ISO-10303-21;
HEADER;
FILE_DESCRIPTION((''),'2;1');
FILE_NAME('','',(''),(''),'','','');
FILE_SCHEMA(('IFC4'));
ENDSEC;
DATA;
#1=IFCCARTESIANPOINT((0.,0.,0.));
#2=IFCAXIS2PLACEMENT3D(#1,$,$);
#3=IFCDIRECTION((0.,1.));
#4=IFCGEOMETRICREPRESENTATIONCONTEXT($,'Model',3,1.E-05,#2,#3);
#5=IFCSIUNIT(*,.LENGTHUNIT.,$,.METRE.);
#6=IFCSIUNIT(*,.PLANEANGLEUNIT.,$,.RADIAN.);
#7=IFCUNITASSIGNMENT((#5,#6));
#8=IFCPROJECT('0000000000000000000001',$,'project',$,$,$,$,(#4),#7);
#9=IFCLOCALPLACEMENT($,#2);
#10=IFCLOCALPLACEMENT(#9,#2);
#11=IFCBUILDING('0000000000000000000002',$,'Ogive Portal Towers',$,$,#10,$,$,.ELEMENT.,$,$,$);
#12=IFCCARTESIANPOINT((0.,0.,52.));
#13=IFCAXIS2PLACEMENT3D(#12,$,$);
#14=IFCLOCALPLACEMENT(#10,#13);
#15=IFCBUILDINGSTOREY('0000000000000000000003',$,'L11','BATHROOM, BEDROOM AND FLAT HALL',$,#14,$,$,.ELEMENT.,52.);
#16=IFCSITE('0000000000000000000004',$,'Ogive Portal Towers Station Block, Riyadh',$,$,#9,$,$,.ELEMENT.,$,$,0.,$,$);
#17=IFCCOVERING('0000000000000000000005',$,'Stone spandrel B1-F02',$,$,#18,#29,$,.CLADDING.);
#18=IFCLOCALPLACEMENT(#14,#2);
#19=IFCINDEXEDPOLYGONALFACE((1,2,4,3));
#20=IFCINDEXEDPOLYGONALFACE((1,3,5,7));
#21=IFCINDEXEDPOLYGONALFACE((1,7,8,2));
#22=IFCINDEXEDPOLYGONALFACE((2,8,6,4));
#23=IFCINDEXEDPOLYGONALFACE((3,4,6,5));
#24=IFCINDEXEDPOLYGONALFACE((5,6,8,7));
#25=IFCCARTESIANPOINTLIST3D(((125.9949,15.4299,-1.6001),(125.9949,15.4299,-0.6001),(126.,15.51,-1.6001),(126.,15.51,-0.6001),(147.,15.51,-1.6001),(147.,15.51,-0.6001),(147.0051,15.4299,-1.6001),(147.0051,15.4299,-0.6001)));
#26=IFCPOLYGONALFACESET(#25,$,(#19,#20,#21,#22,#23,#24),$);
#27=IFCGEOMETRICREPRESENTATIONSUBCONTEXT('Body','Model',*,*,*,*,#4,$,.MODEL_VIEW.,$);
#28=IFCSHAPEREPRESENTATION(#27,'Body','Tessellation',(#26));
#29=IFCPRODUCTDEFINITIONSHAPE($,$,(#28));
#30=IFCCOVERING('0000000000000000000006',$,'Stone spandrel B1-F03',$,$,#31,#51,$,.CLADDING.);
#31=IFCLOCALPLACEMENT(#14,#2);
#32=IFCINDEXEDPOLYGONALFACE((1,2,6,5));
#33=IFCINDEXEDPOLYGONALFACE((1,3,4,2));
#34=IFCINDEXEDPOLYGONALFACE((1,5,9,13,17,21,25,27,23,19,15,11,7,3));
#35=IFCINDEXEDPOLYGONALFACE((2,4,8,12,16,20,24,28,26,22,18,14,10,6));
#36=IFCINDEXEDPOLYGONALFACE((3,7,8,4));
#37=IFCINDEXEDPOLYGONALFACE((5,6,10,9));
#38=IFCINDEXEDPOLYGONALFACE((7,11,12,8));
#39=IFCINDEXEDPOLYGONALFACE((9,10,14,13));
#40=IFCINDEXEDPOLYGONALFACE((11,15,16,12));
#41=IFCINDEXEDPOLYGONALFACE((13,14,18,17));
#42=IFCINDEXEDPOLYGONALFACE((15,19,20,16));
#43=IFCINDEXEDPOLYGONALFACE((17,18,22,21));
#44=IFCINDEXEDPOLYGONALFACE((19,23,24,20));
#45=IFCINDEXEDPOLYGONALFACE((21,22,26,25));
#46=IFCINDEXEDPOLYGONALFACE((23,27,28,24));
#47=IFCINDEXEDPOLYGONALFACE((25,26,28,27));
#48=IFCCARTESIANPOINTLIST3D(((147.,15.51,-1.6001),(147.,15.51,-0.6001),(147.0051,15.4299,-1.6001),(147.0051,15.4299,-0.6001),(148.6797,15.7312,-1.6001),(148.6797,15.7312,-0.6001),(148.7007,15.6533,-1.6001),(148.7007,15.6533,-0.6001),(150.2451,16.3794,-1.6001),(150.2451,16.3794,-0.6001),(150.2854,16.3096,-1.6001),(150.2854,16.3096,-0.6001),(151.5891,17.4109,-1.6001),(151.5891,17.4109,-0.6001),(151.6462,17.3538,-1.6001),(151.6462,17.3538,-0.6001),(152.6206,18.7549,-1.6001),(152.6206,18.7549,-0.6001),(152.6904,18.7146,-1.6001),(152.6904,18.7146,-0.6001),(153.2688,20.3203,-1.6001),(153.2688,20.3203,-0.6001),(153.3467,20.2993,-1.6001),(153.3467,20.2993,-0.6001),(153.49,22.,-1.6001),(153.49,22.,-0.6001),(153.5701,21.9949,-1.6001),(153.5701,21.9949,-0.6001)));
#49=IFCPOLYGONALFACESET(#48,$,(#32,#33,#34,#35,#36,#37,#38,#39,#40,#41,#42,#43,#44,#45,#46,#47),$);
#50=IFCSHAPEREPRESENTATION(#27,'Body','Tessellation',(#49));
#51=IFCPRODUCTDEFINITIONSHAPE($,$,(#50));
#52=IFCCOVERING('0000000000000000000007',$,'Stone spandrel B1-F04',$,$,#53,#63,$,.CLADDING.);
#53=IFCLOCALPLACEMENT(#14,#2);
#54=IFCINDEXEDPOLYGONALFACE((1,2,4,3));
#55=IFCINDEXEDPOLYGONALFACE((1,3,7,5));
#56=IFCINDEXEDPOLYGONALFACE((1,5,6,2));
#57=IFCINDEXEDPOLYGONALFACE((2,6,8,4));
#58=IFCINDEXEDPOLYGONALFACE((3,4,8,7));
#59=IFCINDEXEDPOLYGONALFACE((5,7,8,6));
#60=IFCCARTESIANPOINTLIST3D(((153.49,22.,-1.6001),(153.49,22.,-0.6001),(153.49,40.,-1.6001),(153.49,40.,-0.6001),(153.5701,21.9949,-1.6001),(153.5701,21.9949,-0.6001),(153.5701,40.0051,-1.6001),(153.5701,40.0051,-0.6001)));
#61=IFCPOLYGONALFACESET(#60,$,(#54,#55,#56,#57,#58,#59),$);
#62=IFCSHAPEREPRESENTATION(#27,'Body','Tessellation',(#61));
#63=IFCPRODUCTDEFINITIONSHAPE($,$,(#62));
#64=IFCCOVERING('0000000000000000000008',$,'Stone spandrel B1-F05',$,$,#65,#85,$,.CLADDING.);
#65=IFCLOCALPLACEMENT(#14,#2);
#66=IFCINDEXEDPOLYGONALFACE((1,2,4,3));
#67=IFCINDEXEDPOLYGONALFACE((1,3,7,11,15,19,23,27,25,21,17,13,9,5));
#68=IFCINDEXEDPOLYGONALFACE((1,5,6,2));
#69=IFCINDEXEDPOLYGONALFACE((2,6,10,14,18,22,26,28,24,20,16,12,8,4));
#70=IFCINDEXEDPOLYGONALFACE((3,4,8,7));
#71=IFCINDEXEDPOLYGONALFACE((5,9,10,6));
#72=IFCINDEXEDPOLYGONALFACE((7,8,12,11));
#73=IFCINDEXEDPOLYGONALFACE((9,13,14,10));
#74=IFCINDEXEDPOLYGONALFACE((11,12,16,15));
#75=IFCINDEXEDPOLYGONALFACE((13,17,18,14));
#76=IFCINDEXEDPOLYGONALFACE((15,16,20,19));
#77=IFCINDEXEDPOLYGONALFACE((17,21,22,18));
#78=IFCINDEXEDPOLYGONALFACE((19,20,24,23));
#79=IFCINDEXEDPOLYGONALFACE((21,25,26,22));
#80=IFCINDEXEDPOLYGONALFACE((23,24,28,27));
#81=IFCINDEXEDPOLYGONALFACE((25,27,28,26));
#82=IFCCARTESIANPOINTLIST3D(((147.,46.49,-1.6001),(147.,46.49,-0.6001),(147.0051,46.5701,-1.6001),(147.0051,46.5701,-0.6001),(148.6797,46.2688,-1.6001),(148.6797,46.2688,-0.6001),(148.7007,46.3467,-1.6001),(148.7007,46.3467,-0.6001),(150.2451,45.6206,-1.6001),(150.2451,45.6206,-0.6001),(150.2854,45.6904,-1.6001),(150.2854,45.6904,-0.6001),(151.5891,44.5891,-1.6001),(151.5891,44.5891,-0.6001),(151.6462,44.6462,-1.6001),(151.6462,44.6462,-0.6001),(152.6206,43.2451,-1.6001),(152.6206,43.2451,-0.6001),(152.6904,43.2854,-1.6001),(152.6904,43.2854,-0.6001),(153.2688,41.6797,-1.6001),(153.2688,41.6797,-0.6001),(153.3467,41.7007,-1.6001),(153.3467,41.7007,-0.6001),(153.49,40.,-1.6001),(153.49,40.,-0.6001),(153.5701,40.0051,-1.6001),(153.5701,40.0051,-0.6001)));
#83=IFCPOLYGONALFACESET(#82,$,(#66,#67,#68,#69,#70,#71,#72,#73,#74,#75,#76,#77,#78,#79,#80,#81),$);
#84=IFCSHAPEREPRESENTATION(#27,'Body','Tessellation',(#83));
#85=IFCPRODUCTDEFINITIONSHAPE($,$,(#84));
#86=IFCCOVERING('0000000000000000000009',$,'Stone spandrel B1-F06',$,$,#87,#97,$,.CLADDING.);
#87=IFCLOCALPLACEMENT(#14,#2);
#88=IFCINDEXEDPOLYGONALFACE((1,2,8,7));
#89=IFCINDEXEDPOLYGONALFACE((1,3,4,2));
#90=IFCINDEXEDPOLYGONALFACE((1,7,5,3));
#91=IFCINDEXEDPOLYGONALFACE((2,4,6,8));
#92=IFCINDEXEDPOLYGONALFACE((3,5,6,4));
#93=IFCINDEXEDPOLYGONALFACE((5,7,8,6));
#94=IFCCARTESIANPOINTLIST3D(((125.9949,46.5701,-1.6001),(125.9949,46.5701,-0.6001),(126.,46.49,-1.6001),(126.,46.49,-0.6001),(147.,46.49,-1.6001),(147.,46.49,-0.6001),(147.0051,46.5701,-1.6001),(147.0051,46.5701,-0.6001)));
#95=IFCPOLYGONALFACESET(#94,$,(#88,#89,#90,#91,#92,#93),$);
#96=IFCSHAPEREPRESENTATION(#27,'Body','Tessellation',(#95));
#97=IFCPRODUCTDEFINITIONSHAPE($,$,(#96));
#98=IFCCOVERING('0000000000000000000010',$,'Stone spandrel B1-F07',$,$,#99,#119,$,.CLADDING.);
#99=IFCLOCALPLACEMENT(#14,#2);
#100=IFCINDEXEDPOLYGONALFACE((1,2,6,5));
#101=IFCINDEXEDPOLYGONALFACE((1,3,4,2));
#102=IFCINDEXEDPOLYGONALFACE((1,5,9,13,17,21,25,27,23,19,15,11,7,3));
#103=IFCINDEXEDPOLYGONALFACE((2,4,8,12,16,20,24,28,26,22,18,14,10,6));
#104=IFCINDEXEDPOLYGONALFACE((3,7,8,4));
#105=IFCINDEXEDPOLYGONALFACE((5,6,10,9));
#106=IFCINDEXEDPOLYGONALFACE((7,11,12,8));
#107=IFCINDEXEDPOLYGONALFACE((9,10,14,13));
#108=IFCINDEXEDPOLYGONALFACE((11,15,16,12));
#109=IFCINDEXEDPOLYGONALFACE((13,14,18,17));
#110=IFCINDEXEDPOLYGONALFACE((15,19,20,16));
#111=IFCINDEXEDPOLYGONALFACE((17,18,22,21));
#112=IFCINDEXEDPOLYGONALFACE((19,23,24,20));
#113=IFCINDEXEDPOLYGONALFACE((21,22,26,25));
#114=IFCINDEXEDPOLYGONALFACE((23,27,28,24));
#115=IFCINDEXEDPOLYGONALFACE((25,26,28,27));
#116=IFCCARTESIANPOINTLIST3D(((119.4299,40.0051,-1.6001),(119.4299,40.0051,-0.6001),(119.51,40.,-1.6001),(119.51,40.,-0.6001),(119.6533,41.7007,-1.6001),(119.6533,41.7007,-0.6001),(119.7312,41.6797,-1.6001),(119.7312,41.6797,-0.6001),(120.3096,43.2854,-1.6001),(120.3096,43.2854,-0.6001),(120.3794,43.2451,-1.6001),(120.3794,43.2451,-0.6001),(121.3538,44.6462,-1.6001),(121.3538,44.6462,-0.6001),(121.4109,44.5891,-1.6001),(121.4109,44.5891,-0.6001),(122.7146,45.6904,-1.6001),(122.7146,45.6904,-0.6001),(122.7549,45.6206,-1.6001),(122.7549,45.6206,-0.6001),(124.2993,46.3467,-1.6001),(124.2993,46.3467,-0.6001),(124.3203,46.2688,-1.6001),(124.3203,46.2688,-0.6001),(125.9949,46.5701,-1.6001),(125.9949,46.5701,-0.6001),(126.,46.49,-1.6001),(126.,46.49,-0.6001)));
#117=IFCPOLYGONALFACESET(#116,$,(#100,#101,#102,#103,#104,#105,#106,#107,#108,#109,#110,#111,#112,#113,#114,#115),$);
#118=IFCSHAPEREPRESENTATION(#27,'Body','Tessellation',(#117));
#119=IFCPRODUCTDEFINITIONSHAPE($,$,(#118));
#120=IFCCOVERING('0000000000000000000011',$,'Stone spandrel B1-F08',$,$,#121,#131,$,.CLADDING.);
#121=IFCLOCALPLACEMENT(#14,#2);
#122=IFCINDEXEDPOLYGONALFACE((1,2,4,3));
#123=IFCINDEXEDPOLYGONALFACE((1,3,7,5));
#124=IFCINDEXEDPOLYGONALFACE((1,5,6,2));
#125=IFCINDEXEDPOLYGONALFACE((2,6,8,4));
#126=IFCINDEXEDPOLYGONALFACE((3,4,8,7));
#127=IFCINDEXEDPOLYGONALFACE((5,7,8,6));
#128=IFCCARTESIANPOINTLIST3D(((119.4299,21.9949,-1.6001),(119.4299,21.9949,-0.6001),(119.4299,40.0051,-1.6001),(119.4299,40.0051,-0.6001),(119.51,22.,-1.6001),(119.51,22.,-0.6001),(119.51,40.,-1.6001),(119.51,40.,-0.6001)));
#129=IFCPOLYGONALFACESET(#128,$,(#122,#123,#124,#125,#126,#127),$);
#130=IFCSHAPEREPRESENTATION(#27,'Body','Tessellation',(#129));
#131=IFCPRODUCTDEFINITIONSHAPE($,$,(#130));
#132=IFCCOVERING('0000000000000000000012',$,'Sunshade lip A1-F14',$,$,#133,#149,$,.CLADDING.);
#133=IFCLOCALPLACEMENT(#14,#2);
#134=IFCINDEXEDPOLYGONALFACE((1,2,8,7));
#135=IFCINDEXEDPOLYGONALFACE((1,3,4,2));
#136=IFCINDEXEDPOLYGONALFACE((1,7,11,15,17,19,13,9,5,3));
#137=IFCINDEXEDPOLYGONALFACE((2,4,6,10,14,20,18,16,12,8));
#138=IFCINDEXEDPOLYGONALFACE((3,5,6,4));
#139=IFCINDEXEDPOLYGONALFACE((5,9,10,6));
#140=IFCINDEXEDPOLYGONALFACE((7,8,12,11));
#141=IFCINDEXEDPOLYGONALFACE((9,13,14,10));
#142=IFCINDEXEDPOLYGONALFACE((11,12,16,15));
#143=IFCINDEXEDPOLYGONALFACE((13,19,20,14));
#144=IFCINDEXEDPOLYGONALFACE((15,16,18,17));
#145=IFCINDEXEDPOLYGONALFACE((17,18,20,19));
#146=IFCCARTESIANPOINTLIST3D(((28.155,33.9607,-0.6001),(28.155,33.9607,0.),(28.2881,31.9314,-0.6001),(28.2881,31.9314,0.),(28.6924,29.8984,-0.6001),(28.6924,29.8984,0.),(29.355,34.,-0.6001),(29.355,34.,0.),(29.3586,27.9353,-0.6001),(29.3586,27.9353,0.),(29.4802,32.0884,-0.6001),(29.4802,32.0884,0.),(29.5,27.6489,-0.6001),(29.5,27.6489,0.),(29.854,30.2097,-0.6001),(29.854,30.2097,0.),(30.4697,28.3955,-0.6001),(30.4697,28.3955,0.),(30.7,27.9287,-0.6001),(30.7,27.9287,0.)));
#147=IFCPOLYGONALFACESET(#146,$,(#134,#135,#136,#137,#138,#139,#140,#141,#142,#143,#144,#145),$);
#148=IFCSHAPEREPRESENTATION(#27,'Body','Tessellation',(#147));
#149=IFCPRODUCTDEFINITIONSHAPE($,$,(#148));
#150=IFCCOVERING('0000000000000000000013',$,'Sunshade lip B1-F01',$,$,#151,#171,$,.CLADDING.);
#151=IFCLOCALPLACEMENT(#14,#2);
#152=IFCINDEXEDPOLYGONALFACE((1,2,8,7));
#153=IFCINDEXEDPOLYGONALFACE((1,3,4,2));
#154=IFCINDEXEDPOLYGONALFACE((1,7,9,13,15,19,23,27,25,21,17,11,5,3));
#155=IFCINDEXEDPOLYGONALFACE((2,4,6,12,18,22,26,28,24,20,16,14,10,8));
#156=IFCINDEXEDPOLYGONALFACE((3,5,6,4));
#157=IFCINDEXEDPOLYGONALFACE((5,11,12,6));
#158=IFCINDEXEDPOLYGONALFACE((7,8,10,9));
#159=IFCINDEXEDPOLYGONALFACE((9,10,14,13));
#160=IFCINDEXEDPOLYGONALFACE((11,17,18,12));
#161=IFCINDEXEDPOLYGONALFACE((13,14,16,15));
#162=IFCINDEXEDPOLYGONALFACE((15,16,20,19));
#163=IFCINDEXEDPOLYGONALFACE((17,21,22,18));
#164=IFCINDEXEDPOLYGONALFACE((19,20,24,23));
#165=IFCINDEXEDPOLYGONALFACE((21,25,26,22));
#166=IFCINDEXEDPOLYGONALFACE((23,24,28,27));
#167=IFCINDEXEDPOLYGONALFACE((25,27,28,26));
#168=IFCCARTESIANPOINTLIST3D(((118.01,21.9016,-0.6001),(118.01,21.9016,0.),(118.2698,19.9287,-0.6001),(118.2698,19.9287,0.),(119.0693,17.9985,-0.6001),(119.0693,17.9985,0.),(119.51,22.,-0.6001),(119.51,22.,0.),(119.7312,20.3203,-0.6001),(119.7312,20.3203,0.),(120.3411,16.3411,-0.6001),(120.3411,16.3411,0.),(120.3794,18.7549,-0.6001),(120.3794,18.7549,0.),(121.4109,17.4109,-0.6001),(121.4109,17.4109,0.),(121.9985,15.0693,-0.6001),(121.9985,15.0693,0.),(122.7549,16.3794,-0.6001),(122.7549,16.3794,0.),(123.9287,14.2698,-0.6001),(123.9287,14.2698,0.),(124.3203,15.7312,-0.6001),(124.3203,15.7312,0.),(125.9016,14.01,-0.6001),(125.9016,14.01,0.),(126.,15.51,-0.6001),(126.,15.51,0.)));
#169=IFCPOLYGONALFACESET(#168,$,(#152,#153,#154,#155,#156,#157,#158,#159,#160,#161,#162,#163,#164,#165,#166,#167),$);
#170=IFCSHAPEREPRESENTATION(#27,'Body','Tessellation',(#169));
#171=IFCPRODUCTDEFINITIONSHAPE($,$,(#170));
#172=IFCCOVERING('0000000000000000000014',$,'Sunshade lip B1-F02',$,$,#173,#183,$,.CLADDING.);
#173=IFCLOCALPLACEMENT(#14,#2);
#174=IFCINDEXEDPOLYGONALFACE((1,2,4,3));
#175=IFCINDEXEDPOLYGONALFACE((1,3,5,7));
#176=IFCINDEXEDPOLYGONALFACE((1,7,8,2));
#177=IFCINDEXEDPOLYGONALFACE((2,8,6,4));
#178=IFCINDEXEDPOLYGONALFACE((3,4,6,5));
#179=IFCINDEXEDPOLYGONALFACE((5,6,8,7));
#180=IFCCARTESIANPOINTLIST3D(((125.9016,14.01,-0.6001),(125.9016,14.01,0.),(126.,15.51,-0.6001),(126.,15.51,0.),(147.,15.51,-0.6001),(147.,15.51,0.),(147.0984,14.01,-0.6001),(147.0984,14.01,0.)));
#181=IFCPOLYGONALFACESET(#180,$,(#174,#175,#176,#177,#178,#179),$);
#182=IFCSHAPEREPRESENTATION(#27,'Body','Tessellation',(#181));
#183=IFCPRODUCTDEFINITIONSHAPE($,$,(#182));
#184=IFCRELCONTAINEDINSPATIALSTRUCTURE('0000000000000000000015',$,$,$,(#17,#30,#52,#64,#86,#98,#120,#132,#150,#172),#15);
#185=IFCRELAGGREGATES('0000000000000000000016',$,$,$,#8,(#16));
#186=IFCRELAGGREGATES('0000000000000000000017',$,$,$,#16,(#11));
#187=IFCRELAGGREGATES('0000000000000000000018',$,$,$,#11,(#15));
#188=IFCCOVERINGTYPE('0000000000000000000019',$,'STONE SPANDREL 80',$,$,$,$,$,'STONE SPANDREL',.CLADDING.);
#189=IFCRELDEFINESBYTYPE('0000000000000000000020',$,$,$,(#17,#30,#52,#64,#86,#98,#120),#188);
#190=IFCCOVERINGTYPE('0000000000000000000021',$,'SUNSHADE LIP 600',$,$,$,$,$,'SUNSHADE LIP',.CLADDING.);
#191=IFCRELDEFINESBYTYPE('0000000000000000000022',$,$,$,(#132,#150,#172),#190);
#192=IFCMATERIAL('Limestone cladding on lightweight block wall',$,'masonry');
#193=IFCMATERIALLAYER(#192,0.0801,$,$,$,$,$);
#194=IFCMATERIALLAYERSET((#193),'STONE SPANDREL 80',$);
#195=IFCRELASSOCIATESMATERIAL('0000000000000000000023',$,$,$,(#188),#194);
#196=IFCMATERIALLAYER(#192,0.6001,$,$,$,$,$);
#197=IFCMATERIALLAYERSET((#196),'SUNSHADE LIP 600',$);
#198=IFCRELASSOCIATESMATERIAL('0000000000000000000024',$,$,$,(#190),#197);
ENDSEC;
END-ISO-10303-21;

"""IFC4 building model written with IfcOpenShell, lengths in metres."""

from ifc_helpers import new_model, si_unit, direction, frame, origin, place, context, subcontext, project, spatial, polyline, outline, extrude, material, layer, layer_set, type_object, element, save


model = new_model("IFC4")

# Units and contexts
model_context = context("Model", 3, precision=1e-05, world=origin(), true_north=direction((0.0, 1.0)))
body_context = subcontext(model_context, "Body", "Model", "MODEL_VIEW")
ifc_project = project(units=[si_unit("LENGTHUNIT", "METRE"), si_unit("PLANEANGLEUNIT", "RADIAN")], contexts=[model_context])

# Site, building, storey
site_placement = place(None, origin())
site = spatial("IfcSite", under=ifc_project, at=site_placement, Name="Ogive Portal Towers Station Block, Riyadh", CompositionType="ELEMENT", RefElevation=0.0)
building_placement = place(site_placement, origin())
building = spatial("IfcBuilding", under=site, at=building_placement, Name="Ogive Portal Towers", CompositionType="ELEMENT")
storey_placement = place(building_placement, frame((0.0, 0.0, 52.0)))
storey = spatial("IfcBuildingStorey", under=building, at=storey_placement, Name="L11", Description="BATHROOM, BEDROOM AND FLAT HALL", CompositionType="ELEMENT", Elevation=52.0)

# Shared definitions
ifc_material_1 = material(Name="Limestone cladding on lightweight block wall", Category="masonry")

# Coverings
ifc_layer_1 = layer(ifc_material_1, 0.0801)
ifc_layer_set_1 = layer_set([ifc_layer_1], Name="STONE SPANDREL 80")
covering_type_1 = type_object("IfcCoveringType", Name="STONE SPANDREL 80", ElementType="STONE SPANDREL", PredefinedType="CLADDING", material=ifc_layer_set_1)
covering_1_placement = place(storey_placement, frame((0.0, 0.0, -1.6001)))
element("IfcCovering", 1, at=covering_1_placement, inside=storey, type_object=covering_type_1, Name="Stone spandrel B1-F02", PredefinedType="CLADDING", context=body_context, shape_type="SweptSolid", body=[
    extrude(outline(polyline([(126.0, 15.51), (147.0, 15.51), (147.0051, 15.4299), (125.9949, 15.4299), (126.0, 15.51)])), origin(), (0.0, 0.0, 1.0), 1.0),
])
covering_2_placement = place(storey_placement, frame((0.0, 0.0, -1.6001)))
element("IfcCovering", 2, at=covering_2_placement, inside=storey, type_object=covering_type_1, Name="Stone spandrel B1-F03", PredefinedType="CLADDING", context=body_context, shape_type="SweptSolid", body=[
    extrude(outline(polyline([(147.0, 15.51), (148.6797, 15.7312), (150.2451, 16.3794), (151.5891, 17.4109), (152.6206, 18.7549), (153.2688, 20.3203), (153.49, 22.0), (153.5701, 21.9949), (153.3467, 20.2993), (152.6904, 18.7146), (151.6462, 17.3538), (150.2854, 16.3096), (148.7007, 15.6533), (147.0051, 15.4299), (147.0, 15.51)])), origin(), (0.0, 0.0, 1.0), 1.0),
])
covering_3_placement = place(storey_placement, frame((0.0, 0.0, -1.6001)))
element("IfcCovering", 3, at=covering_3_placement, inside=storey, type_object=covering_type_1, Name="Stone spandrel B1-F04", PredefinedType="CLADDING", context=body_context, shape_type="SweptSolid", body=[
    extrude(outline(polyline([(153.49, 22.0), (153.49, 40.0), (153.5701, 40.0051), (153.5701, 21.9949), (153.49, 22.0)])), origin(), (0.0, 0.0, 1.0), 1.0),
])
covering_4_placement = place(storey_placement, frame((0.0, 0.0, -1.6001)))
element("IfcCovering", 4, at=covering_4_placement, inside=storey, type_object=covering_type_1, Name="Stone spandrel B1-F05", PredefinedType="CLADDING", context=body_context, shape_type="SweptSolid", body=[
    extrude(outline(polyline([(153.49, 40.0), (153.2688, 41.6797), (152.6206, 43.2451), (151.5891, 44.5891), (150.2451, 45.6206), (148.6797, 46.2688), (147.0, 46.49), (147.0051, 46.5701), (148.7007, 46.3467), (150.2854, 45.6904), (151.6462, 44.6462), (152.6904, 43.2854), (153.3467, 41.7007), (153.5701, 40.0051), (153.49, 40.0)])), origin(), (0.0, 0.0, 1.0), 1.0),
])
covering_5_placement = place(storey_placement, frame((0.0, 0.0, -1.6001)))
element("IfcCovering", 5, at=covering_5_placement, inside=storey, type_object=covering_type_1, Name="Stone spandrel B1-F06", PredefinedType="CLADDING", context=body_context, shape_type="SweptSolid", body=[
    extrude(outline(polyline([(147.0, 46.49), (126.0, 46.49), (125.9949, 46.5701), (147.0051, 46.5701), (147.0, 46.49)])), origin(), (0.0, 0.0, 1.0), 1.0),
])
covering_6_placement = place(storey_placement, frame((0.0, 0.0, -1.6001)))
element("IfcCovering", 6, at=covering_6_placement, inside=storey, type_object=covering_type_1, Name="Stone spandrel B1-F07", PredefinedType="CLADDING", context=body_context, shape_type="SweptSolid", body=[
    extrude(outline(polyline([(126.0, 46.49), (124.3203, 46.2688), (122.7549, 45.6206), (121.4109, 44.5891), (120.3794, 43.2451), (119.7312, 41.6797), (119.51, 40.0), (119.4299, 40.0051), (119.6533, 41.7007), (120.3096, 43.2854), (121.3538, 44.6462), (122.7146, 45.6904), (124.2993, 46.3467), (125.9949, 46.5701), (126.0, 46.49)])), origin(), (0.0, 0.0, 1.0), 1.0),
])
covering_7_placement = place(storey_placement, frame((0.0, 0.0, -1.6001)))
element("IfcCovering", 7, at=covering_7_placement, inside=storey, type_object=covering_type_1, Name="Stone spandrel B1-F08", PredefinedType="CLADDING", context=body_context, shape_type="SweptSolid", body=[
    extrude(outline(polyline([(119.51, 40.0), (119.51, 22.0), (119.4299, 21.9949), (119.4299, 40.0051), (119.51, 40.0)])), origin(), (0.0, 0.0, 1.0), 1.0),
])
ifc_layer_2 = layer(ifc_material_1, 0.6001)
ifc_layer_set_2 = layer_set([ifc_layer_2], Name="SUNSHADE LIP 600")
covering_type_2 = type_object("IfcCoveringType", Name="SUNSHADE LIP 600", ElementType="SUNSHADE LIP", PredefinedType="CLADDING", material=ifc_layer_set_2)
covering_8_placement = place(storey_placement, frame((0.0, 0.0, -0.6001)))
element("IfcCovering", 8, at=covering_8_placement, inside=storey, type_object=covering_type_2, Name="Sunshade lip A1-F14", PredefinedType="CLADDING", context=body_context, shape_type="SweptSolid", body=[
    extrude(outline(polyline([(29.355, 34.0), (29.4802, 32.0884), (29.854, 30.2097), (30.4697, 28.3955), (30.7, 27.9287), (29.5, 27.6489), (29.3586, 27.9353), (28.6924, 29.8984), (28.2881, 31.9314), (28.155, 33.9607), (29.355, 34.0)])), origin(), (0.0, 0.0, 1.0), 0.6001),
])
covering_9_placement = place(storey_placement, frame((0.0, 0.0, -0.6001)))
element("IfcCovering", 9, at=covering_9_placement, inside=storey, type_object=covering_type_2, Name="Sunshade lip B1-F01", PredefinedType="CLADDING", context=body_context, shape_type="SweptSolid", body=[
    extrude(outline(polyline([(119.51, 22.0), (119.7312, 20.3203), (120.3794, 18.7549), (121.4109, 17.4109), (122.7549, 16.3794), (124.3203, 15.7312), (126.0, 15.51), (125.9016, 14.01), (123.9287, 14.2698), (121.9985, 15.0693), (120.3411, 16.3411), (119.0693, 17.9985), (118.2698, 19.9287), (118.01, 21.9016), (119.51, 22.0)])), origin(), (0.0, 0.0, 1.0), 0.6001),
])
covering_10_placement = place(storey_placement, frame((0.0, 0.0, -0.6001)))
element("IfcCovering", 10, at=covering_10_placement, inside=storey, type_object=covering_type_2, Name="Sunshade lip B1-F02", PredefinedType="CLADDING", context=body_context, shape_type="SweptSolid", body=[
    extrude(outline(polyline([(126.0, 15.51), (147.0, 15.51), (147.0984, 14.01), (125.9016, 14.01), (126.0, 15.51)])), origin(), (0.0, 0.0, 1.0), 0.6001),
])

save(model, "model.ifc")
